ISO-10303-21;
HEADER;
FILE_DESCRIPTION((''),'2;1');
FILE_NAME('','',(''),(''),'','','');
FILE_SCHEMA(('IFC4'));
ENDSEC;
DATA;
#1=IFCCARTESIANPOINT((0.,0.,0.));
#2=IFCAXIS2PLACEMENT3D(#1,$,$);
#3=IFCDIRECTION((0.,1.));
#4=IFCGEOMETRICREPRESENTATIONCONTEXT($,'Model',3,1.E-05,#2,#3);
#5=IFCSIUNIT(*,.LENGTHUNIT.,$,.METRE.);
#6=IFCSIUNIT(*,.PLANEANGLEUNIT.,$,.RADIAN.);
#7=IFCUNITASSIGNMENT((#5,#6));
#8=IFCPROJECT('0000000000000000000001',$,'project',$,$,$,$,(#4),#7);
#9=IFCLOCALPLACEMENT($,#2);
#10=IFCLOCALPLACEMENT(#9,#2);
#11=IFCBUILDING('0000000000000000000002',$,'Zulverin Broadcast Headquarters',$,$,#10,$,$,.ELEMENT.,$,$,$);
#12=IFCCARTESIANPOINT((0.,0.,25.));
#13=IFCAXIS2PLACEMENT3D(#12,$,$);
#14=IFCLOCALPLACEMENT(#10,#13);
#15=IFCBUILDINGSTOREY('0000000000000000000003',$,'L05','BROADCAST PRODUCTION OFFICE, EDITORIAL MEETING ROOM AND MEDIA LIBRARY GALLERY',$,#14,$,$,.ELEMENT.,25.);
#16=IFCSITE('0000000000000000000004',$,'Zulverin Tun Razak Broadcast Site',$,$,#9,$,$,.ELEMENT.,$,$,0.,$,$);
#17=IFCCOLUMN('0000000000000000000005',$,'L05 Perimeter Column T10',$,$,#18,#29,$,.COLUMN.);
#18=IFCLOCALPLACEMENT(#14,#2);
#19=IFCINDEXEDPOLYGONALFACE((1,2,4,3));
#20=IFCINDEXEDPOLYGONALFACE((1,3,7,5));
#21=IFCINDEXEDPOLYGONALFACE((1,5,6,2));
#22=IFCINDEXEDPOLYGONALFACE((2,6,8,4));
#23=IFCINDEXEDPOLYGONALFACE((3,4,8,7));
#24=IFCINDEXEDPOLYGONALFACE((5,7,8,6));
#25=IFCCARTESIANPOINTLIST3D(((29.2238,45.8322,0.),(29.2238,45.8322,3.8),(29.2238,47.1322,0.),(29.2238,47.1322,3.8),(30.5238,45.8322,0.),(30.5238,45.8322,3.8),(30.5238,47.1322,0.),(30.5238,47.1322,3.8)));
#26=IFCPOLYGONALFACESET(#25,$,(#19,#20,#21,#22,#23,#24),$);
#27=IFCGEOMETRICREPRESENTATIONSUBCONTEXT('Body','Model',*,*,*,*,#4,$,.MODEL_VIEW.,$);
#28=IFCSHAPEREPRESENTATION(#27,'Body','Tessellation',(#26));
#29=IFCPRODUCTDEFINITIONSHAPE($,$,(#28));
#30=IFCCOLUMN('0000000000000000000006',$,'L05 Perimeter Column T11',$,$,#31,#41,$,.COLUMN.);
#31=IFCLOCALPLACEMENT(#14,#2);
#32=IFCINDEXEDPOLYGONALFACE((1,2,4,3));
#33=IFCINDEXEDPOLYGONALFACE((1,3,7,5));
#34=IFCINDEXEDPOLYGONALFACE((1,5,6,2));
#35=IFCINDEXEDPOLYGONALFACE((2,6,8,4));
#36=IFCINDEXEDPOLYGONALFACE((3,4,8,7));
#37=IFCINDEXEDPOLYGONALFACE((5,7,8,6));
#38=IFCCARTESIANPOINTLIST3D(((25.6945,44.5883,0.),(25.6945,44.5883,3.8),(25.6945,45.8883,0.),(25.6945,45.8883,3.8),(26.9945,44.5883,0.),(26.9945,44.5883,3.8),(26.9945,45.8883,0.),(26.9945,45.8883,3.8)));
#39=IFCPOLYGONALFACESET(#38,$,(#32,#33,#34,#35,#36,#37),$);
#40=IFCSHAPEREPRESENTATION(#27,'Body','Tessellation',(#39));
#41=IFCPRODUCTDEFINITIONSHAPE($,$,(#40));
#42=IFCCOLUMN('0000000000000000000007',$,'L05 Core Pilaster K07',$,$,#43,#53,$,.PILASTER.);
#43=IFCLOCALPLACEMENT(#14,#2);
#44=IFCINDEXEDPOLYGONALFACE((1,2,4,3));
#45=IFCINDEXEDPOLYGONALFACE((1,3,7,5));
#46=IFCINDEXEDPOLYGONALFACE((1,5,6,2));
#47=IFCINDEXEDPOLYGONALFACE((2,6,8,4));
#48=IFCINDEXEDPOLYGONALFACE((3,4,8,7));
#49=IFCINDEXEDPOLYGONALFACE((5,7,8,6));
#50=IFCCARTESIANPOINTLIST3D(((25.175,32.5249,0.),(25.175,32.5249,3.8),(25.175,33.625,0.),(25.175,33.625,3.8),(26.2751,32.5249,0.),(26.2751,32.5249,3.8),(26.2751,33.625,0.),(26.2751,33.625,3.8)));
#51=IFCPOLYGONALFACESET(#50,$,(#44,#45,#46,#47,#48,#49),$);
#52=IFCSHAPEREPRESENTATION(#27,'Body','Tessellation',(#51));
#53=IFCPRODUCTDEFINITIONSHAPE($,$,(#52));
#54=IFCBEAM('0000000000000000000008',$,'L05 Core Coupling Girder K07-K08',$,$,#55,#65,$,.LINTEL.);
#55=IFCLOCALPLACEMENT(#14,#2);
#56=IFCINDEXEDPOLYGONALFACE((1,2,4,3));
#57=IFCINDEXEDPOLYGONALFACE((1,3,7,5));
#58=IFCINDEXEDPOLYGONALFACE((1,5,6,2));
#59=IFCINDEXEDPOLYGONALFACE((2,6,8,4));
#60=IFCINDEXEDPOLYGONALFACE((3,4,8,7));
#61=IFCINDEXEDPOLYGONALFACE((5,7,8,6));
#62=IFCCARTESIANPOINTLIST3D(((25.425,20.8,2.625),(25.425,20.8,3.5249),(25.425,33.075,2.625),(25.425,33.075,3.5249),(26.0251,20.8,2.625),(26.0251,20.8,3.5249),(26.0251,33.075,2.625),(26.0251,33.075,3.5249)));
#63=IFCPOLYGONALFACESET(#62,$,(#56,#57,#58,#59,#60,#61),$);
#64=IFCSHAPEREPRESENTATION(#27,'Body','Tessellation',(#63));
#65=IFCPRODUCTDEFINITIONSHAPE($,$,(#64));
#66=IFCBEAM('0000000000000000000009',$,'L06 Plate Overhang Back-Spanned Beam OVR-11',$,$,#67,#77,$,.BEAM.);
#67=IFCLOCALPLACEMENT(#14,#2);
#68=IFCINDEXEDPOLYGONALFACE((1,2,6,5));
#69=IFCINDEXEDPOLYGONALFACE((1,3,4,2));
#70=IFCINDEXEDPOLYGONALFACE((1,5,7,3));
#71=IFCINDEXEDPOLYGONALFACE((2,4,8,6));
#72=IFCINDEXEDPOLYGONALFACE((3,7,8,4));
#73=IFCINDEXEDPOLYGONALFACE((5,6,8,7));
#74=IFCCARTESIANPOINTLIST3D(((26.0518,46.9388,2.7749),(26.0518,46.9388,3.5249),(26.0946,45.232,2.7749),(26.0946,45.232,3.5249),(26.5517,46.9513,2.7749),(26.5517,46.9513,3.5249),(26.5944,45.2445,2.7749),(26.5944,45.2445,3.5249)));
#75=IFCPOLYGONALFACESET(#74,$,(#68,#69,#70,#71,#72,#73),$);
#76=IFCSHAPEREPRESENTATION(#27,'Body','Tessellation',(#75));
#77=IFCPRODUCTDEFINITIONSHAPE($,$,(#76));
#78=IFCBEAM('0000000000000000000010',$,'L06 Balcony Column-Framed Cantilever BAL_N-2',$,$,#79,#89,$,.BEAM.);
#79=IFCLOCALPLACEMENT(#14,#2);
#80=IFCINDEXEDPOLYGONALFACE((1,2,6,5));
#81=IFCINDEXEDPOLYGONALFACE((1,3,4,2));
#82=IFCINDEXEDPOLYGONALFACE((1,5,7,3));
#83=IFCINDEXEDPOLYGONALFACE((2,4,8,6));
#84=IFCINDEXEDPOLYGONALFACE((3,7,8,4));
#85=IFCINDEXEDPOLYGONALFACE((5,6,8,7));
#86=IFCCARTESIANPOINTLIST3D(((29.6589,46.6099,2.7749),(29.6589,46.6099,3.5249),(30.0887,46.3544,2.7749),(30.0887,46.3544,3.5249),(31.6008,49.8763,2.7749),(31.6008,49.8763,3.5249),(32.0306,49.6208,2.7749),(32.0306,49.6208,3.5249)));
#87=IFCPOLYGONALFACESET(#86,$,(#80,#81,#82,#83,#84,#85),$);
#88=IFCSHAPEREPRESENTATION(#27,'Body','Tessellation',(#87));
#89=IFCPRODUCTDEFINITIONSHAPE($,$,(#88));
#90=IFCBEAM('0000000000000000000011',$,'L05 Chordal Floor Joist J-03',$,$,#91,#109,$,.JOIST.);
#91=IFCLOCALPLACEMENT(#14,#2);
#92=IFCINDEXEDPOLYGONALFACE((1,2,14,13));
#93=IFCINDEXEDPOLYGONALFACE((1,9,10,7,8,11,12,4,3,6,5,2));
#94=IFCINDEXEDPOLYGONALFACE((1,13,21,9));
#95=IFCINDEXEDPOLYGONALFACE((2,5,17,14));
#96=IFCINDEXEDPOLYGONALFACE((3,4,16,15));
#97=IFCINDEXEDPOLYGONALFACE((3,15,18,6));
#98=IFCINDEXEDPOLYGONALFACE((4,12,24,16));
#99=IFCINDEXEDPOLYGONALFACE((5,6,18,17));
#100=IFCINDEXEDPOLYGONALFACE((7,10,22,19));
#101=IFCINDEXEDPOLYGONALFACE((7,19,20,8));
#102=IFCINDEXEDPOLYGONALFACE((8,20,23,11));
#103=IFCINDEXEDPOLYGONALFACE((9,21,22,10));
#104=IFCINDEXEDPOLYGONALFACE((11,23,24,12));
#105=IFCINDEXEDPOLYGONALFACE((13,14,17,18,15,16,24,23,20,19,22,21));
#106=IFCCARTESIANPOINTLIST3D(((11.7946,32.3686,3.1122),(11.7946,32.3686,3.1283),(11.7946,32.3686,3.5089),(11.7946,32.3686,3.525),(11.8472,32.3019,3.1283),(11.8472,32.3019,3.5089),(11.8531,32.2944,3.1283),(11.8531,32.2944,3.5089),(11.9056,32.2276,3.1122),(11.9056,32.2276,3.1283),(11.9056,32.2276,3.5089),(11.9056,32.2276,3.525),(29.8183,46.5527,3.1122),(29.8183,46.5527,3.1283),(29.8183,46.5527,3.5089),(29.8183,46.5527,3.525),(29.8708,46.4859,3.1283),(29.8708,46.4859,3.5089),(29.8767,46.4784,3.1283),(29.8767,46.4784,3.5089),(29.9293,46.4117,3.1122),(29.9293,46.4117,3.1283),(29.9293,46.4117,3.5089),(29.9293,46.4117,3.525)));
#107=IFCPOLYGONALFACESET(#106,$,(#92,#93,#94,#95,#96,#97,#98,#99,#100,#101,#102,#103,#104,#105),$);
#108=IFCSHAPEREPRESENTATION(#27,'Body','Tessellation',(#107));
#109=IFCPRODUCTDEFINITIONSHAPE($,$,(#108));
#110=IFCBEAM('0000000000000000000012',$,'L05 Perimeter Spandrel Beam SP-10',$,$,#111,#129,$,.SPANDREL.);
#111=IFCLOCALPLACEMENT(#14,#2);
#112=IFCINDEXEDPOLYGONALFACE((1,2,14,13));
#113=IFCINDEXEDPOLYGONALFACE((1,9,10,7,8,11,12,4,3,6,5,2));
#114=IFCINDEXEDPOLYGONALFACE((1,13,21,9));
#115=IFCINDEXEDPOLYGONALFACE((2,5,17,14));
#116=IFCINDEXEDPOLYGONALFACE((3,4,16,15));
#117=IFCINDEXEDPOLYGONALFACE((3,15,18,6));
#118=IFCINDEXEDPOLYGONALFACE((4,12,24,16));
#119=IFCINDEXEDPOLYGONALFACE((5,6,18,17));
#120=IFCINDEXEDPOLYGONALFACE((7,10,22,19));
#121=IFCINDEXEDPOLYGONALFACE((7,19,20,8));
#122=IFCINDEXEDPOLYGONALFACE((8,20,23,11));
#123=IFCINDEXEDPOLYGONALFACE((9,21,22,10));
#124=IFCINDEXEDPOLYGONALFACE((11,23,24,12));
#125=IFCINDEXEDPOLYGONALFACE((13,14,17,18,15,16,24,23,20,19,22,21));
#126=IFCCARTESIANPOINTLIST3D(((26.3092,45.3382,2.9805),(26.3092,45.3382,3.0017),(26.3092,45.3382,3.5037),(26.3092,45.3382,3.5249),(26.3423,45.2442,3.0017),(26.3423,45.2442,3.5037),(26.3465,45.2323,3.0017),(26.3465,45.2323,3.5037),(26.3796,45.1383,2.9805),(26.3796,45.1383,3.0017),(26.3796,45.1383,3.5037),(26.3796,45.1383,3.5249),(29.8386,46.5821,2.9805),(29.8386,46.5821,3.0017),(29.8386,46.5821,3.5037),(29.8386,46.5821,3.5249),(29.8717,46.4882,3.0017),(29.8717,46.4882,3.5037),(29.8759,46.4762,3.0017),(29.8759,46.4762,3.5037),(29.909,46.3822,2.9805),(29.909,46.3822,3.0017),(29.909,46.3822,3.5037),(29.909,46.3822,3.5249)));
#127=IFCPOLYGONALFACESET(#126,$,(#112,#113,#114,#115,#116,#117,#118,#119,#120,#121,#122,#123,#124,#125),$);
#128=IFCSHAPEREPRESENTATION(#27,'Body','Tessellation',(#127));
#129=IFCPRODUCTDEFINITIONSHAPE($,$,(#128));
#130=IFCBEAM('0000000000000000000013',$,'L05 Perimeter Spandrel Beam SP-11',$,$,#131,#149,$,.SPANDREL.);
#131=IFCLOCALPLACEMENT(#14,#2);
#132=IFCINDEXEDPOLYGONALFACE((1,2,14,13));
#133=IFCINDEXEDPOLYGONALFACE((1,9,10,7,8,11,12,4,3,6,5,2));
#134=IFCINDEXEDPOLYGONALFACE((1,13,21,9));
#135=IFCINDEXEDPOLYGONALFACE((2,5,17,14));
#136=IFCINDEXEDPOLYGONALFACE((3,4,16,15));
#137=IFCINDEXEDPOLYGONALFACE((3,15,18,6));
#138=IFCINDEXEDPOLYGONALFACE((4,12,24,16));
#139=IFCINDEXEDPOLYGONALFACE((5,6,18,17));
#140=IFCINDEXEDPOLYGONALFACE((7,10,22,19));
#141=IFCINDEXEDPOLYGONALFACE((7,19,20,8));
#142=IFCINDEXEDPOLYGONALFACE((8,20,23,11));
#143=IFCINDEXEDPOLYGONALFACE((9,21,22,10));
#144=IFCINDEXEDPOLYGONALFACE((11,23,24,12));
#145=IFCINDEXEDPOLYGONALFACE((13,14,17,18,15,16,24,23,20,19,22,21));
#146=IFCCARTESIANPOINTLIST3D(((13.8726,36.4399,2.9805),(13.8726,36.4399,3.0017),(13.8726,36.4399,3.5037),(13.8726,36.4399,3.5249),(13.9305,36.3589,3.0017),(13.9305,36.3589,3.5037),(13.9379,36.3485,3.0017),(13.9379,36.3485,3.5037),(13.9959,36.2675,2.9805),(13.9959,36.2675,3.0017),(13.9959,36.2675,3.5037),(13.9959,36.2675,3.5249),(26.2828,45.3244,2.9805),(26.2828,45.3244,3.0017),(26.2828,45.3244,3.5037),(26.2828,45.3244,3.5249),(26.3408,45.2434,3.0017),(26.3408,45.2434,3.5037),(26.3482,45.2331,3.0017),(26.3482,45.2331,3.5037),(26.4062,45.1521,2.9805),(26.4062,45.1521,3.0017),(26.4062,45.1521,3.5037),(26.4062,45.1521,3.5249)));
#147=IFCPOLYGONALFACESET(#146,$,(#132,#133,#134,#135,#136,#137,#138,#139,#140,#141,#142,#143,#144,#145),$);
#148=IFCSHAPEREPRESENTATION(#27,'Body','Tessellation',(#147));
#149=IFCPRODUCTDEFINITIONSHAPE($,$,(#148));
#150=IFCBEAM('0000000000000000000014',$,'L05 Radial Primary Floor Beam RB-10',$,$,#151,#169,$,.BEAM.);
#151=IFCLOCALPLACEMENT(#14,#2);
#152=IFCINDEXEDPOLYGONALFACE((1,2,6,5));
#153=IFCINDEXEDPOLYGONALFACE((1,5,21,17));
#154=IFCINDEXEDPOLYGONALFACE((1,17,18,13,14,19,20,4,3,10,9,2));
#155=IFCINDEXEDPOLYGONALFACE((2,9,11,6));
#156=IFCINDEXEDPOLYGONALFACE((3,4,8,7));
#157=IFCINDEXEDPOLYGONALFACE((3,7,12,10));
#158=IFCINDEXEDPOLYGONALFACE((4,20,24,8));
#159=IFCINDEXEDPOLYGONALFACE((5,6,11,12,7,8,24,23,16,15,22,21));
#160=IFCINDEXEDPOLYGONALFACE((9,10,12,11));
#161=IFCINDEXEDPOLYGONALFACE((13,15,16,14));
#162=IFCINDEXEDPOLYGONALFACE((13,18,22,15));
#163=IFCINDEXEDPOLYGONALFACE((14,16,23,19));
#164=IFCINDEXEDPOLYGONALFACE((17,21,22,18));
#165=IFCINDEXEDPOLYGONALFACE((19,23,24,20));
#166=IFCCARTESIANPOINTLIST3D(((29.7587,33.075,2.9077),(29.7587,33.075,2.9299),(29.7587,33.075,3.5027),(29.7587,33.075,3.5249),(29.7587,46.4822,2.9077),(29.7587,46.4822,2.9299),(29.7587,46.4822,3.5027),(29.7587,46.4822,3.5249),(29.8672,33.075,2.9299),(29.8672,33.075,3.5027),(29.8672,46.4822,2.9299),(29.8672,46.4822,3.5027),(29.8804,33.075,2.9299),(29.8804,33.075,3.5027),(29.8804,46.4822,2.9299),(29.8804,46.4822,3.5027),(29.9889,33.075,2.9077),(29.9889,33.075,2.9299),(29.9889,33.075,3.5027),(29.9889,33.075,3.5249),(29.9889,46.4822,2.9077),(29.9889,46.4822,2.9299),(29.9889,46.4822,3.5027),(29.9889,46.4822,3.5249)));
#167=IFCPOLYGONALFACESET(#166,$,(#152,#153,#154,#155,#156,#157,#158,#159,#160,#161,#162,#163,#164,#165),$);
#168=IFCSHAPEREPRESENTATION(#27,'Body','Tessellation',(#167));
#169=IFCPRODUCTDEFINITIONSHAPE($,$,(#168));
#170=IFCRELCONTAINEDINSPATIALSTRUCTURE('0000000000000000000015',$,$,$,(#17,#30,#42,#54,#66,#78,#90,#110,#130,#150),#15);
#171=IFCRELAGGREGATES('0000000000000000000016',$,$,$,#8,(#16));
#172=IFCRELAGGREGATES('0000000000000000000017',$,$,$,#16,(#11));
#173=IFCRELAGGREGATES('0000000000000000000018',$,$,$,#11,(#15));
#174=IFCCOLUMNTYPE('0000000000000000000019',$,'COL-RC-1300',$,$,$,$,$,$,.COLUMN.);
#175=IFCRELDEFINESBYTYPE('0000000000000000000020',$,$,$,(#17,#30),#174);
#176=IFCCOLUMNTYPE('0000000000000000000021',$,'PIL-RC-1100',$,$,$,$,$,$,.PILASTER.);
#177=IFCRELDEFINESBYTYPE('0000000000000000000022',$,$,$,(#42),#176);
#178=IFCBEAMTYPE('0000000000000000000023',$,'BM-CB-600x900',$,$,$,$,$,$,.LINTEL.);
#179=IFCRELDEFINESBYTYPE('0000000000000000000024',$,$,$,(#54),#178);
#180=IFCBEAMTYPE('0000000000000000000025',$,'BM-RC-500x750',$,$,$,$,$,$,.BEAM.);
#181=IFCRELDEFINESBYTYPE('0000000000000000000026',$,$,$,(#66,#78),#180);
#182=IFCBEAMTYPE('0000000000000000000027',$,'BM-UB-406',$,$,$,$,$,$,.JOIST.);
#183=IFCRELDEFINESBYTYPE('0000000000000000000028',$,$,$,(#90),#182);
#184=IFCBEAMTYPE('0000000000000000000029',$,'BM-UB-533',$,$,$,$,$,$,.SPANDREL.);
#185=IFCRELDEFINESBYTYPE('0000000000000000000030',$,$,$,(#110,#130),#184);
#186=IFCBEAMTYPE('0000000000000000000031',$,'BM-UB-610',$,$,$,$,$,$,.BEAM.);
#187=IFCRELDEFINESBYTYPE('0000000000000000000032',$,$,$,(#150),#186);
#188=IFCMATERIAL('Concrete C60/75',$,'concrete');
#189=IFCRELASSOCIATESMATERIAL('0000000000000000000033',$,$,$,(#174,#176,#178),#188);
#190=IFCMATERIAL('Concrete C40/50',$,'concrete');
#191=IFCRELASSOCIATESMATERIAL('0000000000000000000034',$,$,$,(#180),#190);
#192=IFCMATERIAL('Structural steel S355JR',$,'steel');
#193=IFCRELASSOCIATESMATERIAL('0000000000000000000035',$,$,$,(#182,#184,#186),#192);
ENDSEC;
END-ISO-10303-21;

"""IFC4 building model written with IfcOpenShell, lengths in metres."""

from ifc_helpers import new_model, si_unit, direction, frame, origin, origin_2d, place, context, subcontext, project, spatial, rectangle, i_section, extrude, material, material_profile, profile_set, type_object, element, save


model = new_model("IFC4")

# Units and contexts
model_context = context("Model", 3, precision=1e-05, world=origin(), true_north=direction((0.0, 1.0)))
body_context = subcontext(model_context, "Body", "Model", "MODEL_VIEW")
ifc_project = project(units=[si_unit("LENGTHUNIT", "METRE"), si_unit("PLANEANGLEUNIT", "RADIAN")], contexts=[model_context])

# Site, building, storey
site_placement = place(None, origin())
site = spatial("IfcSite", under=ifc_project, at=site_placement, Name="Zulverin Tun Razak Broadcast Site", CompositionType="ELEMENT", RefElevation=0.0)
building_placement = place(site_placement, origin())
building = spatial("IfcBuilding", under=site, at=building_placement, Name="Zulverin Broadcast Headquarters", CompositionType="ELEMENT")
storey_placement = place(building_placement, frame((0.0, 0.0, 25.0)))
storey = spatial("IfcBuildingStorey", under=building, at=storey_placement, Name="L05", Description="BROADCAST PRODUCTION OFFICE, EDITORIAL MEETING ROOM AND MEDIA LIBRARY GALLERY", CompositionType="ELEMENT", Elevation=25.0)

# Columns
ifc_material_1 = material(Name="Concrete C60/75", Category="concrete")
ifc_material_profile_1 = material_profile(ifc_material_1, rectangle(XDim=1.3, YDim=1.3, at=origin_2d()), Name="Concrete C60/75", Category="concrete")
ifc_profile_set_1 = profile_set([ifc_material_profile_1], Name="Concrete C60/75")
column_type_1 = type_object("IfcColumnType", Name="COL-RC-1300", PredefinedType="COLUMN", material=ifc_profile_set_1)
for number, where, z_axis, x_axis, name in (
    (1, (29.8738, 46.4822, 0.0), (0.0, 0.0, 1.0), (1.0, 0.0, 0.0), "L05 Perimeter Column T10"),
    (2, (26.3445, 45.2383, 0.0), (0.0, 0.0, 1.0), (1.0, 0.0, 0.0), "L05 Perimeter Column T11"),
):
    element("IfcColumn", number, at=place(storey_placement, frame(where, z_axis=z_axis, x_axis=x_axis)), inside=storey, type_object=column_type_1, Name=name, PredefinedType="COLUMN", context=body_context, shape_type="SweptSolid", body=[
        extrude(rectangle(XDim=1.3, YDim=1.3, at=origin_2d()), origin(), (0.0, 0.0, 1.0), 3.8),
    ])
ifc_material_profile_2 = material_profile(ifc_material_1, rectangle(XDim=1.1001, YDim=1.1001, at=origin_2d()), Name="Concrete C60/75", Category="concrete")
ifc_profile_set_2 = profile_set([ifc_material_profile_2], Name="Concrete C60/75")
column_type_2 = type_object("IfcColumnType", Name="PIL-RC-1100", PredefinedType="PILASTER", material=ifc_profile_set_2)
column_placement = place(storey_placement, frame((25.7251, 33.075, 0.0), z_axis=(0.0, 0.0, 1.0), x_axis=(1.0, 0.0, 0.0)))
element("IfcColumn", 3, at=column_placement, inside=storey, type_object=column_type_2, Name="L05 Core Pilaster K07", PredefinedType="PILASTER", context=body_context, shape_type="SweptSolid", body=[
    extrude(rectangle(XDim=1.1001, YDim=1.1001, at=origin_2d()), origin(), (0.0, 0.0, 1.0), 3.8),
])

# Beams
ifc_material_profile_3 = material_profile(ifc_material_1, rectangle(XDim=0.6001, YDim=0.8999, at=origin_2d()), Name="Concrete C60/75", Category="concrete")
ifc_profile_set_3 = profile_set([ifc_material_profile_3], Name="Concrete C60/75")
beam_type_1 = type_object("IfcBeamType", Name="BM-CB-600x900", PredefinedType="LINTEL", material=ifc_profile_set_3)
beam_1_placement = place(storey_placement, frame((25.7251, 33.075, 3.075), z_axis=(0.0, -1.0, 0.0), x_axis=(1.0, 0.0, 0.0)))
element("IfcBeam", 4, at=beam_1_placement, inside=storey, type_object=beam_type_1, Name="L05 Core Coupling Girder K07-K08", PredefinedType="LINTEL", context=body_context, shape_type="SweptSolid", body=[
    extrude(rectangle(XDim=0.6001, YDim=0.8999, at=origin_2d()), origin(), (0.0, 0.0, 1.0), 12.2749),
])
ifc_material_2 = material(Name="Concrete C40/50", Category="concrete")
ifc_material_profile_4 = material_profile(ifc_material_2, rectangle(XDim=0.5, YDim=0.75, at=origin_2d()), Name="Concrete C40/50", Category="concrete")
ifc_profile_set_4 = profile_set([ifc_material_profile_4], Name="Concrete C40/50")
beam_type_2 = type_object("IfcBeamType", Name="BM-RC-500x750", PredefinedType="BEAM", material=ifc_profile_set_4)
beam_2_placement = place(storey_placement, frame((26.3445, 45.2383, 3.1499), z_axis=(-0.025024, 0.999687, 0.0), x_axis=(-0.999687, -0.025024, 0.0)))
element("IfcBeam", 5, at=beam_2_placement, inside=storey, type_object=beam_type_2, Name="L06 Plate Overhang Back-Spanned Beam OVR-11", PredefinedType="BEAM", context=body_context, shape_type="SweptSolid", body=[
    extrude(rectangle(XDim=0.5, YDim=0.75, at=origin_2d()), origin(), (0.0, 0.0, 1.0), 1.7073),
])
beam_3_placement = place(storey_placement, frame((29.8738, 46.4822, 3.1499), z_axis=(0.511024, 0.859566, 0.0), x_axis=(-0.859566, 0.511024, 0.0)))
element("IfcBeam", 6, at=beam_3_placement, inside=storey, type_object=beam_type_2, Name="L06 Balcony Column-Framed Cantilever BAL_N-2", PredefinedType="BEAM", context=body_context, shape_type="SweptSolid", body=[
    extrude(rectangle(XDim=0.5, YDim=0.75, at=origin_2d()), origin(), (0.0, 0.0, 1.0), 3.8),
])
ifc_material_3 = material(Name="Structural steel S355JR", Category="steel")
ifc_material_profile_5 = material_profile(ifc_material_3, i_section(OverallWidth=0.1794, OverallDepth=0.4128, WebThickness=0.0095, FlangeThickness=0.0161, at=origin_2d()), Name="Structural steel S355JR", Category="steel")
ifc_profile_set_5 = profile_set([ifc_material_profile_5], Name="Structural steel S355JR")
beam_type_3 = type_object("IfcBeamType", Name="BM-UB-406", PredefinedType="JOIST", material=ifc_profile_set_5)
beam_4_placement = place(storey_placement, frame((29.8738, 46.4822, 3.3186), z_axis=(-0.785839, -0.618431, 0.0), x_axis=(0.618431, -0.785839, 0.0)))
element("IfcBeam", 7, at=beam_4_placement, inside=storey, type_object=beam_type_3, Name="L05 Chordal Floor Joist J-03", PredefinedType="JOIST", context=body_context, shape_type="SweptSolid", body=[
    extrude(i_section(OverallWidth=0.1794, OverallDepth=0.4128, WebThickness=0.0095, FlangeThickness=0.0161, at=origin_2d()), origin(), (0.0, 0.0, 1.0), 22.9355),
])
ifc_material_profile_6 = material_profile(ifc_material_3, i_section(OverallWidth=0.2119, OverallDepth=0.5444, WebThickness=0.0127, FlangeThickness=0.0212, at=origin_2d()), Name="Structural steel S355JR", Category="steel")
ifc_profile_set_6 = profile_set([ifc_material_profile_6], Name="Structural steel S355JR")
beam_type_4 = type_object("IfcBeamType", Name="BM-UB-533", PredefinedType="SPANDREL", material=ifc_profile_set_6)
beam_5_placement = place(storey_placement, frame((29.8738, 46.4822, 3.2527), z_axis=(-0.943136, -0.332407, 0.0), x_axis=(0.332407, -0.943136, 0.0)))
element("IfcBeam", 8, at=beam_5_placement, inside=storey, type_object=beam_type_4, Name="L05 Perimeter Spandrel Beam SP-10", PredefinedType="SPANDREL", context=body_context, shape_type="SweptSolid", body=[
    extrude(i_section(OverallWidth=0.2119, OverallDepth=0.5444, WebThickness=0.0127, FlangeThickness=0.0212, at=origin_2d()), origin(), (0.0, 0.0, 1.0), 3.7422),
])
beam_6_placement = place(storey_placement, frame((26.3445, 45.2383, 3.2527), z_axis=(-0.813109, -0.582111, 0.0), x_axis=(0.582111, -0.813109, 0.0)))
element("IfcBeam", 9, at=beam_6_placement, inside=storey, type_object=beam_type_4, Name="L05 Perimeter Spandrel Beam SP-11", PredefinedType="SPANDREL", context=body_context, shape_type="SweptSolid", body=[
    extrude(i_section(OverallWidth=0.2119, OverallDepth=0.5444, WebThickness=0.0127, FlangeThickness=0.0212, at=origin_2d()), origin(), (0.0, 0.0, 1.0), 15.2627),
])
ifc_material_profile_7 = material_profile(ifc_material_3, i_section(OverallWidth=0.2302, OverallDepth=0.6172, WebThickness=0.0132, FlangeThickness=0.0222, at=origin_2d()), Name="Structural steel S355JR", Category="steel")
ifc_profile_set_7 = profile_set([ifc_material_profile_7], Name="Structural steel S355JR")
beam_type_5 = type_object("IfcBeamType", Name="BM-UB-610", PredefinedType="BEAM", material=ifc_profile_set_7)
beam_7_placement = place(storey_placement, frame((29.8738, 33.075, 3.2163), z_axis=(0.0, 1.0, 0.0), x_axis=(-1.0, 0.0, 0.0)))
element("IfcBeam", 10, at=beam_7_placement, inside=storey, type_object=beam_type_5, Name="L05 Radial Primary Floor Beam RB-10", PredefinedType="BEAM", context=body_context, shape_type="SweptSolid", body=[
    extrude(i_section(OverallWidth=0.2302, OverallDepth=0.6172, WebThickness=0.0132, FlangeThickness=0.0222, at=origin_2d()), origin(), (0.0, 0.0, 1.0), 13.4072),
])

save(model, "model.ifc")
